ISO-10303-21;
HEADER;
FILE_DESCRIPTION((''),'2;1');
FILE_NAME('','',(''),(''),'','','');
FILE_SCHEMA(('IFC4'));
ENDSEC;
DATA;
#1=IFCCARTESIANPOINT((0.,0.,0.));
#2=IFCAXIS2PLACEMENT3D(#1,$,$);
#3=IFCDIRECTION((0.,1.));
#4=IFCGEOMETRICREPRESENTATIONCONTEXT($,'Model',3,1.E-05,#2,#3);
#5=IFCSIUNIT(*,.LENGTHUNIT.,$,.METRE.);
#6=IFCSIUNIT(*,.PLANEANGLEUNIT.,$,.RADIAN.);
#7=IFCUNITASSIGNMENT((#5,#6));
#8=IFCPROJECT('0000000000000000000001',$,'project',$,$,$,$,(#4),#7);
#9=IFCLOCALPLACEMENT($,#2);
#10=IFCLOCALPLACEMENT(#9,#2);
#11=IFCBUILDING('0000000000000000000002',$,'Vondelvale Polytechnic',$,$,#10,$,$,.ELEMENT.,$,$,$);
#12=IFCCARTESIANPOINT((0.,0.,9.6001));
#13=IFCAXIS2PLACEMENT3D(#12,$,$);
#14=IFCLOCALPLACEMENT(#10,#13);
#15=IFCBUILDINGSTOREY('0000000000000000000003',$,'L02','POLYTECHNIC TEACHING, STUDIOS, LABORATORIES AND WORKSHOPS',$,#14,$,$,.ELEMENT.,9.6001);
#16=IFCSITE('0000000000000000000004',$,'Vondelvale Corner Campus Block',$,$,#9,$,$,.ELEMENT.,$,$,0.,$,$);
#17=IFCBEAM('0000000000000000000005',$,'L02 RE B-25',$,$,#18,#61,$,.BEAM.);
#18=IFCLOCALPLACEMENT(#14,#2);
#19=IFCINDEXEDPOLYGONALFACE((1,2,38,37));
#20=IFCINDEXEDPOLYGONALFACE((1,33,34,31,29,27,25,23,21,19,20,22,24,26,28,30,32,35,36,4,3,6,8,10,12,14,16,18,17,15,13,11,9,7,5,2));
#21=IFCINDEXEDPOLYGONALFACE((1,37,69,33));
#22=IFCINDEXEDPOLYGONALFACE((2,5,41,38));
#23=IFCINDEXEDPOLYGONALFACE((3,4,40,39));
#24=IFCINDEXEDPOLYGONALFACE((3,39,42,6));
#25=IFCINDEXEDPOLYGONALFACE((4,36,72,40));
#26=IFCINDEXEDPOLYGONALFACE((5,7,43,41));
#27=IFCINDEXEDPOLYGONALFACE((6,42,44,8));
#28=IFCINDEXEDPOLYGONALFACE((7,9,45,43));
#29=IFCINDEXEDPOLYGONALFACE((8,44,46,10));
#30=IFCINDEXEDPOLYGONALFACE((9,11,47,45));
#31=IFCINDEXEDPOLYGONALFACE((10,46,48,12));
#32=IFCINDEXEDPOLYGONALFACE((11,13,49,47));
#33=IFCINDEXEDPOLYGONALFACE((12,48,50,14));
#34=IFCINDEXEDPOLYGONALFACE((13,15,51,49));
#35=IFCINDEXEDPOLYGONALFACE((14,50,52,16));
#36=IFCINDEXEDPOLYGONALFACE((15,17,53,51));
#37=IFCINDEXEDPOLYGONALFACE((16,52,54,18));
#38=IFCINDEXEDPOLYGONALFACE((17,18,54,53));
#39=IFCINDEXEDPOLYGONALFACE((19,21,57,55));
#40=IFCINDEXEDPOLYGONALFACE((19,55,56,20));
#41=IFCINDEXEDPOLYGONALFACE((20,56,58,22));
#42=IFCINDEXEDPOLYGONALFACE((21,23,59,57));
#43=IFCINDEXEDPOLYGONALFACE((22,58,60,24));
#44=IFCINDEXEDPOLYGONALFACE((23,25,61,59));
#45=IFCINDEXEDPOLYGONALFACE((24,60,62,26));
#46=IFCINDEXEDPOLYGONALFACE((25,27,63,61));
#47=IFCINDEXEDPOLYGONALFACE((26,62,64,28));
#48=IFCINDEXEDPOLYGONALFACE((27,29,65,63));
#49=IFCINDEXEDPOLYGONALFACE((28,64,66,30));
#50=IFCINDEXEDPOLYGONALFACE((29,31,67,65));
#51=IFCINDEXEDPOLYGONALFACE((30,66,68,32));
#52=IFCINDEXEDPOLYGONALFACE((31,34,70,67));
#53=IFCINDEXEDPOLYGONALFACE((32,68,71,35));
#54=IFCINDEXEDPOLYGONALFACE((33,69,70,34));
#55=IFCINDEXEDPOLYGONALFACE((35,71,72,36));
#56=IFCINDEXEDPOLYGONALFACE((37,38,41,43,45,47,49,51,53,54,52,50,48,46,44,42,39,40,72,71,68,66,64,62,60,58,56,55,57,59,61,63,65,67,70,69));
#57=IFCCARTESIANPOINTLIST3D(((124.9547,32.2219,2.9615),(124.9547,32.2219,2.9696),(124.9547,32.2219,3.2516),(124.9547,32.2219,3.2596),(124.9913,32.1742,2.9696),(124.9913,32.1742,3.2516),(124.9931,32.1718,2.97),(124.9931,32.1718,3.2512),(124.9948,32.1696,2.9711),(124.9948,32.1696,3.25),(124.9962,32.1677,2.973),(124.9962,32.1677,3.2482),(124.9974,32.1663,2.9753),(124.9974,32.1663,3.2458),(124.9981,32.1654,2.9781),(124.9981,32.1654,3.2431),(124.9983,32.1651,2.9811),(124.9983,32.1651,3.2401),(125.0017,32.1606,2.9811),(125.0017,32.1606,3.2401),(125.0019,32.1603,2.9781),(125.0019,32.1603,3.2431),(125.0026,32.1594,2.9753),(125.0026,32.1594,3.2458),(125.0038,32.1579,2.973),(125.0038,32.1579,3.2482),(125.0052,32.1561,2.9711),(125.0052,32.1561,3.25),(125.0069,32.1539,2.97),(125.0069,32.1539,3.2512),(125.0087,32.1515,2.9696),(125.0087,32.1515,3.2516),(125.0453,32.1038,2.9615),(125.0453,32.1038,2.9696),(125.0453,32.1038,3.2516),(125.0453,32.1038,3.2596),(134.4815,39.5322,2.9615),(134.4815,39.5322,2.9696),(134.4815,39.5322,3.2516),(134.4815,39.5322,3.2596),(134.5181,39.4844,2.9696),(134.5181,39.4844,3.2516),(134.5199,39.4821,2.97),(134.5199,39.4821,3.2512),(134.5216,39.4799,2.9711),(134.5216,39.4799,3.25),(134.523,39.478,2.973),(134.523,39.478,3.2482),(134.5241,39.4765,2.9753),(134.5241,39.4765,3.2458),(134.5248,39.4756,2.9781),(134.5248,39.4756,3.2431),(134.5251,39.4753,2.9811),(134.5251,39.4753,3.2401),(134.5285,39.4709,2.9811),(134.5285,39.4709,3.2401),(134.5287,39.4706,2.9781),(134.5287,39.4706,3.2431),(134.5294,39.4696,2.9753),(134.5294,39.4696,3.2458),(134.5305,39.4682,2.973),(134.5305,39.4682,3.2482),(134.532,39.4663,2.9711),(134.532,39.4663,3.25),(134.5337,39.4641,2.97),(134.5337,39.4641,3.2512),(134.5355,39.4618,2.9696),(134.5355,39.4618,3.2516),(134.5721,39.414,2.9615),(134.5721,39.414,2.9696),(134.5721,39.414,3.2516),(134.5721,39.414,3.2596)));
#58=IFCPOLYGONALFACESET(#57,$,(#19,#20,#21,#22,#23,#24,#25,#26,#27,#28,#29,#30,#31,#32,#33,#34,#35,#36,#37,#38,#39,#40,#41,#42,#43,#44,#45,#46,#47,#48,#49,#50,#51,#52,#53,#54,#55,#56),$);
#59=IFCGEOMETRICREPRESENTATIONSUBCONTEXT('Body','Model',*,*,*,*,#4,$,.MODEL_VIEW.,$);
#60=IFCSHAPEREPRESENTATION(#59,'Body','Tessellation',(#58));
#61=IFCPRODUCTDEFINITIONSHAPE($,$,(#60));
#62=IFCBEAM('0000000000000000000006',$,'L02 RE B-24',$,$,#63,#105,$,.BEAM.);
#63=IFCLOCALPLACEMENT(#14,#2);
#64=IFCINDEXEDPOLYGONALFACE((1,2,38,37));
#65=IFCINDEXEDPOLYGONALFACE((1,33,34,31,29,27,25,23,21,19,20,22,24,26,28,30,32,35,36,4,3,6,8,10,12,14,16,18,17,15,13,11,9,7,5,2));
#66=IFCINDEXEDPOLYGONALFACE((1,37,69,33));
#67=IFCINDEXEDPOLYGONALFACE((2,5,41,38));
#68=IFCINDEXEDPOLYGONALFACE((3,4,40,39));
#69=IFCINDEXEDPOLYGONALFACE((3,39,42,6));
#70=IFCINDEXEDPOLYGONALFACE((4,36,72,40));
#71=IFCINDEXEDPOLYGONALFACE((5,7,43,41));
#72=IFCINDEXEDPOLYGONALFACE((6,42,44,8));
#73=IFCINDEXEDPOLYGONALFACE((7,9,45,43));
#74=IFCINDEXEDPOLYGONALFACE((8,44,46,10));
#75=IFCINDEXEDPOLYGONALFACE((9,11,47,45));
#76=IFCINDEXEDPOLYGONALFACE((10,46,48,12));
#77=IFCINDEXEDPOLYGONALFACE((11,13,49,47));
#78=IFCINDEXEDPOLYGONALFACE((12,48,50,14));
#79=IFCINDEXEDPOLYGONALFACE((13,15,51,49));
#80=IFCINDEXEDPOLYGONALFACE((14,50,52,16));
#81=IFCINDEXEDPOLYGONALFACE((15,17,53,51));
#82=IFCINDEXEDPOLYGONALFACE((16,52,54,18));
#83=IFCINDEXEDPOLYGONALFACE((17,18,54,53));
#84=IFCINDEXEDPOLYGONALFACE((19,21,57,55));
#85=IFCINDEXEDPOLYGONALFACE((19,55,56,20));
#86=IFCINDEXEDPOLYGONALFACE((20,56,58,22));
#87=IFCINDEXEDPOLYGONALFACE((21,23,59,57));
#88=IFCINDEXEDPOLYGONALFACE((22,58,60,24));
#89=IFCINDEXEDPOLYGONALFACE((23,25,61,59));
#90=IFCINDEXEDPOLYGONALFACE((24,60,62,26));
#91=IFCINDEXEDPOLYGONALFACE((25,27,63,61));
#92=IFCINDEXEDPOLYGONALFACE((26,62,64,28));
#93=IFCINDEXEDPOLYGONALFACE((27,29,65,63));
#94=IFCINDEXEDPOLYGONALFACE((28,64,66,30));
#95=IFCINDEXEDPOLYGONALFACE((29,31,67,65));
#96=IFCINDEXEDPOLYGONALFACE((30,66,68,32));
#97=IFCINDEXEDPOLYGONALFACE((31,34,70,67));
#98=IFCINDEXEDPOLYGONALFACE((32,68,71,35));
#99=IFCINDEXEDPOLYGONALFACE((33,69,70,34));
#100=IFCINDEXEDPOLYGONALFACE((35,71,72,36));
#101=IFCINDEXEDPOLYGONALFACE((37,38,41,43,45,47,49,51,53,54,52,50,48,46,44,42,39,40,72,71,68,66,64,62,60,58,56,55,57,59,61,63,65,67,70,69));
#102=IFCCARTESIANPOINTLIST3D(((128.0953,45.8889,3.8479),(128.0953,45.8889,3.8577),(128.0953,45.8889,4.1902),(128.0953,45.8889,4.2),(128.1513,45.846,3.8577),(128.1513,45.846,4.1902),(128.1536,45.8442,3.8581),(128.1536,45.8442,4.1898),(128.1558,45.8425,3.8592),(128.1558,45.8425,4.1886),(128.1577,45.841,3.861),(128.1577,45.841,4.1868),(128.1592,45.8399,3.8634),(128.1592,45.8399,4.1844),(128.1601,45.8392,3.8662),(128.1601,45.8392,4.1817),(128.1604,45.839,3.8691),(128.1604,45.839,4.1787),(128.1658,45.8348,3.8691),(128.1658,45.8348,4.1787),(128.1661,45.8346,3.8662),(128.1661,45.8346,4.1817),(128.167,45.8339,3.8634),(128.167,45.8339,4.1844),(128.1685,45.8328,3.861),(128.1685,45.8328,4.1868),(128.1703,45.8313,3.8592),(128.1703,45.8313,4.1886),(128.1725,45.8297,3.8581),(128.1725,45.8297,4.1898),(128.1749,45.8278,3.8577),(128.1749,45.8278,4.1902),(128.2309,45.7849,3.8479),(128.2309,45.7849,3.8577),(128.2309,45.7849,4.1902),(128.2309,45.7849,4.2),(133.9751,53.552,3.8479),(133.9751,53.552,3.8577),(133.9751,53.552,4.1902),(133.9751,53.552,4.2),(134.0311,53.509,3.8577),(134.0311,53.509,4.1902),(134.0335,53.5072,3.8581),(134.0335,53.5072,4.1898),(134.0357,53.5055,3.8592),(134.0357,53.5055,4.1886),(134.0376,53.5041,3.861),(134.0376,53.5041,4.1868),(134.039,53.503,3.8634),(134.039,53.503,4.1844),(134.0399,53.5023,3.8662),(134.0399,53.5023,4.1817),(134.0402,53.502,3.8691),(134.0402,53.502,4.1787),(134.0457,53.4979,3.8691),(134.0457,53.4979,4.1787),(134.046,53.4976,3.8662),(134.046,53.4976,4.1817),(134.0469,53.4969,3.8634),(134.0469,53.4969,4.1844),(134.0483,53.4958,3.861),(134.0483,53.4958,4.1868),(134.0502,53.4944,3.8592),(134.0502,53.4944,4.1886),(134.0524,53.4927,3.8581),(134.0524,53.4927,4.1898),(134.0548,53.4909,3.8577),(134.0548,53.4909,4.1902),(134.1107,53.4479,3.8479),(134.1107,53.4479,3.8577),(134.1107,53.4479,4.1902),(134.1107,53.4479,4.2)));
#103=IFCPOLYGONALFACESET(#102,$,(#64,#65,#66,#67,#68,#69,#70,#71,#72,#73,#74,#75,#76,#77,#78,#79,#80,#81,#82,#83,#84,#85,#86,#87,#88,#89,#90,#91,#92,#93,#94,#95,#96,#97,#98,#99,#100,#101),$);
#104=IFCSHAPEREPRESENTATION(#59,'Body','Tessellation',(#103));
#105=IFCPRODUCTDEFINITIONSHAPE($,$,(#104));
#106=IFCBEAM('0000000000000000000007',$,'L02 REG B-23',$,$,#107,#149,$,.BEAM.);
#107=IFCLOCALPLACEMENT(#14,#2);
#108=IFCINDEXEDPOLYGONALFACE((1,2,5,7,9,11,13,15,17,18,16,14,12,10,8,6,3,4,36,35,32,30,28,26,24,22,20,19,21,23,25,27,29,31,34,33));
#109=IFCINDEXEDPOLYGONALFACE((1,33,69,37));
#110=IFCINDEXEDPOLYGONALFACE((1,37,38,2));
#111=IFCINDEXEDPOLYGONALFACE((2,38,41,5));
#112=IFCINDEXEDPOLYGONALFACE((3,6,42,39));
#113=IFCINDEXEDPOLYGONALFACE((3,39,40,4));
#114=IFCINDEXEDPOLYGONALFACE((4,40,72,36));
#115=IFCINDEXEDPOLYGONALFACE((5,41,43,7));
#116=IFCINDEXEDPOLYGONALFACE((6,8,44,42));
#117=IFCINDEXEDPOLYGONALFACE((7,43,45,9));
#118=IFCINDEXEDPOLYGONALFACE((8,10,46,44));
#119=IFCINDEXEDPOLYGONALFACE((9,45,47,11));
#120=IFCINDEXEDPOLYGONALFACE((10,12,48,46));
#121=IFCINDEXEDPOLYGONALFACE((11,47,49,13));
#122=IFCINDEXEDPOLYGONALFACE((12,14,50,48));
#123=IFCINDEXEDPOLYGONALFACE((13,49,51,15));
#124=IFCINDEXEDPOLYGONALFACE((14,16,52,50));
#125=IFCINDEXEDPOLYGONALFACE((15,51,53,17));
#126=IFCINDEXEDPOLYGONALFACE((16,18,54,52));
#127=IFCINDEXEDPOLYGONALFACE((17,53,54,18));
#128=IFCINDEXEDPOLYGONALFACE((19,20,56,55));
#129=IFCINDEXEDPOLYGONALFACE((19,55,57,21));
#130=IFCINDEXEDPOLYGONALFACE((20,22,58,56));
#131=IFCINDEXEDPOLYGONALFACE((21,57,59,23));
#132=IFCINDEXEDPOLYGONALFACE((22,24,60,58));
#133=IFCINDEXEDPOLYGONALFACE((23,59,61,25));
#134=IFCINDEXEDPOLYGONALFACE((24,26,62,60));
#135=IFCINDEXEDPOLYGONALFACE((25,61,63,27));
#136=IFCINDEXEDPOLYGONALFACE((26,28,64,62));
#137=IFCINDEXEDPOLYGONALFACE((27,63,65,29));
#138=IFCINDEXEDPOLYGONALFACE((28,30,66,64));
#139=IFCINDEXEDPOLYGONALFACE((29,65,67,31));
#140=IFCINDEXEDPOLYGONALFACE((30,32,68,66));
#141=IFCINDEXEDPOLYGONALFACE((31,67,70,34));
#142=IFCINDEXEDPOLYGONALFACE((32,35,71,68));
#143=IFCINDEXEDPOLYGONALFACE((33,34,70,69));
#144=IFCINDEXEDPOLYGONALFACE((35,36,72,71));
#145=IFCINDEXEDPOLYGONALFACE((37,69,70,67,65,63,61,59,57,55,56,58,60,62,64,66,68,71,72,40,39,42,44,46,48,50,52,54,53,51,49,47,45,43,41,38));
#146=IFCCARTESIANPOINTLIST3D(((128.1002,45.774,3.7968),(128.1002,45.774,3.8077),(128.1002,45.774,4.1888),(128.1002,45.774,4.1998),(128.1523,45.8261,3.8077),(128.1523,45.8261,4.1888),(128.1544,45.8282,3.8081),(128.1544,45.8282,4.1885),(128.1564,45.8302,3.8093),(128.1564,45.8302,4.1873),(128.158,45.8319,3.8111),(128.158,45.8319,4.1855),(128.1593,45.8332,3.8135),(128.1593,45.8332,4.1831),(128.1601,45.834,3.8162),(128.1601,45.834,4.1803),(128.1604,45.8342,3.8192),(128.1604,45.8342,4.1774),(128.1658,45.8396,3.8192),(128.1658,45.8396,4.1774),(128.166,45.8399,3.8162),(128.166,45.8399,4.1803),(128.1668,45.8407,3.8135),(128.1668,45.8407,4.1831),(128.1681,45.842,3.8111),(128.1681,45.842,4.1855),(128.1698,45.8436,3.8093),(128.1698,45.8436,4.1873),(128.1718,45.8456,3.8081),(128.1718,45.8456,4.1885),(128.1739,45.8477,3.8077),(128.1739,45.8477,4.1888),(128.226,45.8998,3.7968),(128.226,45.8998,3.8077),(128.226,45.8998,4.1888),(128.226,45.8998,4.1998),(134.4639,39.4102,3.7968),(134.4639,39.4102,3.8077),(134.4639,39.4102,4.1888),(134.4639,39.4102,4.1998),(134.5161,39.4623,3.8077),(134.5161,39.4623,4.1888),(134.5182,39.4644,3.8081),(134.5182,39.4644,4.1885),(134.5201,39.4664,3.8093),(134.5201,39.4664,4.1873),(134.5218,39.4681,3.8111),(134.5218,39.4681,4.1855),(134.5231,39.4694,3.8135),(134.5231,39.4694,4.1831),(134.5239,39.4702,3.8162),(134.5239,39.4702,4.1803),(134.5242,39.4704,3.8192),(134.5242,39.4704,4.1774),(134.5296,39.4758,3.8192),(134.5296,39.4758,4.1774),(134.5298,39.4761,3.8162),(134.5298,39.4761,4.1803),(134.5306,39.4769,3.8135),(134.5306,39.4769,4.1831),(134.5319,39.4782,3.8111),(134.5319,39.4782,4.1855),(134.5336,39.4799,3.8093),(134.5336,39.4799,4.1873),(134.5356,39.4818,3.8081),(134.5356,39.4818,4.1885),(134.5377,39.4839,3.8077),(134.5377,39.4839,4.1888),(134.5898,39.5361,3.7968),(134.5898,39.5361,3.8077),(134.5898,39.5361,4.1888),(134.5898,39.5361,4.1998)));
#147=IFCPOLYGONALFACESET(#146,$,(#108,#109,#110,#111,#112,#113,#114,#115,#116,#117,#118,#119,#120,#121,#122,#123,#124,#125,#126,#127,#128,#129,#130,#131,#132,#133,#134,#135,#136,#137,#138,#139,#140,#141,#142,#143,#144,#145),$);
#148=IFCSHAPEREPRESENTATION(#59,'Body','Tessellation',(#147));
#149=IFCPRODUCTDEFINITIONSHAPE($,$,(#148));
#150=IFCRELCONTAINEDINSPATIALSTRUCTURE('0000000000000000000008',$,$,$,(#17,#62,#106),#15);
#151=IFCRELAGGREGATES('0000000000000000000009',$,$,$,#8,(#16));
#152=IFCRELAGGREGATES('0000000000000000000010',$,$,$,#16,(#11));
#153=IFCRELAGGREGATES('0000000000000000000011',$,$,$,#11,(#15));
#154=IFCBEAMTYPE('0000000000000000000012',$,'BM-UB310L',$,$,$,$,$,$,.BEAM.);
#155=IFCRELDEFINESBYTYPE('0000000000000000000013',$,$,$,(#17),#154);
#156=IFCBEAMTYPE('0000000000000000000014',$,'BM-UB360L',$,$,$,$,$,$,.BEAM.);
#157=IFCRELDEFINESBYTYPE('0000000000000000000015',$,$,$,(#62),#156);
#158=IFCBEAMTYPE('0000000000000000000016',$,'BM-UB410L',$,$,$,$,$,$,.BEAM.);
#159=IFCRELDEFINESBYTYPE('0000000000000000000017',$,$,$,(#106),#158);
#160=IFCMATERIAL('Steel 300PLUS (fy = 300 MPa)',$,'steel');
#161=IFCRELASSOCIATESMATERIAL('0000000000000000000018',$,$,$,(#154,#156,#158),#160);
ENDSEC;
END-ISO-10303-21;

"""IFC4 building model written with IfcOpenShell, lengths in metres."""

from ifc_helpers import new_model, si_unit, direction, frame, origin, origin_2d, place, context, subcontext, project, spatial, i_section, extrude, material, material_profile, profile_set, type_object, element, save


model = new_model("IFC4")

# Units and contexts
model_context = context("Model", 3, precision=1e-05, world=origin(), true_north=direction((0.0, 1.0)))
body_context = subcontext(model_context, "Body", "Model", "MODEL_VIEW")
ifc_project = project(units=[si_unit("LENGTHUNIT", "METRE"), si_unit("PLANEANGLEUNIT", "RADIAN")], contexts=[model_context])

# Site, building, storey
site_placement = place(None, origin())
site = spatial("IfcSite", under=ifc_project, at=site_placement, Name="Vondelvale Corner Campus Block", CompositionType="ELEMENT", RefElevation=0.0)
building_placement = place(site_placement, origin())
building = spatial("IfcBuilding", under=site, at=building_placement, Name="Vondelvale Polytechnic", CompositionType="ELEMENT")
storey_placement = place(building_placement, frame((0.0, 0.0, 9.6001)))
storey = spatial("IfcBuildingStorey", under=building, at=storey_placement, Name="L02", Description="POLYTECHNIC TEACHING, STUDIOS, LABORATORIES AND WORKSHOPS", CompositionType="ELEMENT", Elevation=9.6001)

# Shared definitions
ifc_material_1 = material(Name="Steel 300PLUS (fy = 300 MPa)", Category="steel")

# Beams
ifc_material_profile_1 = material_profile(ifc_material_1, i_section(OverallWidth=0.1489, OverallDepth=0.2981, WebThickness=0.0056, FlangeThickness=0.0081, FilletRadius=0.0115, at=origin_2d()), Name="310UB32.0")
ifc_profile_set_1 = profile_set([ifc_material_profile_1], Name="Steel 300PLUS (fy = 300 MPa)")
beam_type_1 = type_object("IfcBeamType", Name="BM-UB310L", PredefinedType="BEAM", material=ifc_profile_set_1)
beam_1_placement = place(storey_placement, frame((125.0, 32.1628, 3.1106), z_axis=(0.79335, 0.608766, 0.0), x_axis=(-0.608766, 0.79335, 0.0)))
element("IfcBeam", 1, at=beam_1_placement, inside=storey, type_object=beam_type_1, Name="L02 RE B-25", PredefinedType="BEAM", context=body_context, shape_type="SweptSolid", body=[
    extrude(i_section(OverallWidth=0.1489, OverallDepth=0.2981, WebThickness=0.0056, FlangeThickness=0.0081, FilletRadius=0.0115, at=origin_2d()), origin(), (0.0, 0.0, 1.0), 12.0083),
])
ifc_material_profile_2 = material_profile(ifc_material_1, i_section(OverallWidth=0.1709, OverallDepth=0.3521, WebThickness=0.0068, FlangeThickness=0.0098, FilletRadius=0.0115, at=origin_2d()), Name="360UB44.7")
ifc_profile_set_2 = profile_set([ifc_material_profile_2], Name="Steel 300PLUS (fy = 300 MPa)")
beam_type_2 = type_object("IfcBeamType", Name="BM-UB360L", PredefinedType="BEAM", material=ifc_profile_set_2)
beam_2_placement = place(storey_placement, frame((128.1631, 45.8369, 4.0239), z_axis=(0.608748, 0.793364, 0.0), x_axis=(-0.793364, 0.608748, 0.0)))
element("IfcBeam", 2, at=beam_2_placement, inside=storey, type_object=beam_type_2, Name="L02 RE B-24", PredefinedType="BEAM", context=body_context, shape_type="SweptSolid", body=[
    extrude(i_section(OverallWidth=0.1709, OverallDepth=0.3521, WebThickness=0.0068, FlangeThickness=0.0098, FilletRadius=0.0115, at=origin_2d()), origin(), (0.0, 0.0, 1.0), 9.6589),
])
ifc_material_profile_3 = material_profile(ifc_material_1, i_section(OverallWidth=0.178, OverallDepth=0.4031, WebThickness=0.0076, FlangeThickness=0.011, FilletRadius=0.0115, at=origin_2d()), Name="410UB53.7")
ifc_profile_set_3 = profile_set([ifc_material_profile_3], Name="Steel 300PLUS (fy = 300 MPa)")
beam_type_3 = type_object("IfcBeamType", Name="BM-UB410L", PredefinedType="BEAM", material=ifc_profile_set_3)
beam_3_placement = place(storey_placement, frame((128.1631, 45.8369, 3.9983), z_axis=(0.707107, -0.707107, 0.0), x_axis=(0.707107, 0.707107, 0.0)))
element("IfcBeam", 3, at=beam_3_placement, inside=storey, type_object=beam_type_3, Name="L02 REG B-23", PredefinedType="BEAM", context=body_context, shape_type="SweptSolid", body=[
    extrude(i_section(OverallWidth=0.178, OverallDepth=0.4031, WebThickness=0.0076, FlangeThickness=0.011, FilletRadius=0.0115, at=origin_2d()), origin(), (0.0, 0.0, 1.0), 8.9998),
])

save(model, "model.ifc")
